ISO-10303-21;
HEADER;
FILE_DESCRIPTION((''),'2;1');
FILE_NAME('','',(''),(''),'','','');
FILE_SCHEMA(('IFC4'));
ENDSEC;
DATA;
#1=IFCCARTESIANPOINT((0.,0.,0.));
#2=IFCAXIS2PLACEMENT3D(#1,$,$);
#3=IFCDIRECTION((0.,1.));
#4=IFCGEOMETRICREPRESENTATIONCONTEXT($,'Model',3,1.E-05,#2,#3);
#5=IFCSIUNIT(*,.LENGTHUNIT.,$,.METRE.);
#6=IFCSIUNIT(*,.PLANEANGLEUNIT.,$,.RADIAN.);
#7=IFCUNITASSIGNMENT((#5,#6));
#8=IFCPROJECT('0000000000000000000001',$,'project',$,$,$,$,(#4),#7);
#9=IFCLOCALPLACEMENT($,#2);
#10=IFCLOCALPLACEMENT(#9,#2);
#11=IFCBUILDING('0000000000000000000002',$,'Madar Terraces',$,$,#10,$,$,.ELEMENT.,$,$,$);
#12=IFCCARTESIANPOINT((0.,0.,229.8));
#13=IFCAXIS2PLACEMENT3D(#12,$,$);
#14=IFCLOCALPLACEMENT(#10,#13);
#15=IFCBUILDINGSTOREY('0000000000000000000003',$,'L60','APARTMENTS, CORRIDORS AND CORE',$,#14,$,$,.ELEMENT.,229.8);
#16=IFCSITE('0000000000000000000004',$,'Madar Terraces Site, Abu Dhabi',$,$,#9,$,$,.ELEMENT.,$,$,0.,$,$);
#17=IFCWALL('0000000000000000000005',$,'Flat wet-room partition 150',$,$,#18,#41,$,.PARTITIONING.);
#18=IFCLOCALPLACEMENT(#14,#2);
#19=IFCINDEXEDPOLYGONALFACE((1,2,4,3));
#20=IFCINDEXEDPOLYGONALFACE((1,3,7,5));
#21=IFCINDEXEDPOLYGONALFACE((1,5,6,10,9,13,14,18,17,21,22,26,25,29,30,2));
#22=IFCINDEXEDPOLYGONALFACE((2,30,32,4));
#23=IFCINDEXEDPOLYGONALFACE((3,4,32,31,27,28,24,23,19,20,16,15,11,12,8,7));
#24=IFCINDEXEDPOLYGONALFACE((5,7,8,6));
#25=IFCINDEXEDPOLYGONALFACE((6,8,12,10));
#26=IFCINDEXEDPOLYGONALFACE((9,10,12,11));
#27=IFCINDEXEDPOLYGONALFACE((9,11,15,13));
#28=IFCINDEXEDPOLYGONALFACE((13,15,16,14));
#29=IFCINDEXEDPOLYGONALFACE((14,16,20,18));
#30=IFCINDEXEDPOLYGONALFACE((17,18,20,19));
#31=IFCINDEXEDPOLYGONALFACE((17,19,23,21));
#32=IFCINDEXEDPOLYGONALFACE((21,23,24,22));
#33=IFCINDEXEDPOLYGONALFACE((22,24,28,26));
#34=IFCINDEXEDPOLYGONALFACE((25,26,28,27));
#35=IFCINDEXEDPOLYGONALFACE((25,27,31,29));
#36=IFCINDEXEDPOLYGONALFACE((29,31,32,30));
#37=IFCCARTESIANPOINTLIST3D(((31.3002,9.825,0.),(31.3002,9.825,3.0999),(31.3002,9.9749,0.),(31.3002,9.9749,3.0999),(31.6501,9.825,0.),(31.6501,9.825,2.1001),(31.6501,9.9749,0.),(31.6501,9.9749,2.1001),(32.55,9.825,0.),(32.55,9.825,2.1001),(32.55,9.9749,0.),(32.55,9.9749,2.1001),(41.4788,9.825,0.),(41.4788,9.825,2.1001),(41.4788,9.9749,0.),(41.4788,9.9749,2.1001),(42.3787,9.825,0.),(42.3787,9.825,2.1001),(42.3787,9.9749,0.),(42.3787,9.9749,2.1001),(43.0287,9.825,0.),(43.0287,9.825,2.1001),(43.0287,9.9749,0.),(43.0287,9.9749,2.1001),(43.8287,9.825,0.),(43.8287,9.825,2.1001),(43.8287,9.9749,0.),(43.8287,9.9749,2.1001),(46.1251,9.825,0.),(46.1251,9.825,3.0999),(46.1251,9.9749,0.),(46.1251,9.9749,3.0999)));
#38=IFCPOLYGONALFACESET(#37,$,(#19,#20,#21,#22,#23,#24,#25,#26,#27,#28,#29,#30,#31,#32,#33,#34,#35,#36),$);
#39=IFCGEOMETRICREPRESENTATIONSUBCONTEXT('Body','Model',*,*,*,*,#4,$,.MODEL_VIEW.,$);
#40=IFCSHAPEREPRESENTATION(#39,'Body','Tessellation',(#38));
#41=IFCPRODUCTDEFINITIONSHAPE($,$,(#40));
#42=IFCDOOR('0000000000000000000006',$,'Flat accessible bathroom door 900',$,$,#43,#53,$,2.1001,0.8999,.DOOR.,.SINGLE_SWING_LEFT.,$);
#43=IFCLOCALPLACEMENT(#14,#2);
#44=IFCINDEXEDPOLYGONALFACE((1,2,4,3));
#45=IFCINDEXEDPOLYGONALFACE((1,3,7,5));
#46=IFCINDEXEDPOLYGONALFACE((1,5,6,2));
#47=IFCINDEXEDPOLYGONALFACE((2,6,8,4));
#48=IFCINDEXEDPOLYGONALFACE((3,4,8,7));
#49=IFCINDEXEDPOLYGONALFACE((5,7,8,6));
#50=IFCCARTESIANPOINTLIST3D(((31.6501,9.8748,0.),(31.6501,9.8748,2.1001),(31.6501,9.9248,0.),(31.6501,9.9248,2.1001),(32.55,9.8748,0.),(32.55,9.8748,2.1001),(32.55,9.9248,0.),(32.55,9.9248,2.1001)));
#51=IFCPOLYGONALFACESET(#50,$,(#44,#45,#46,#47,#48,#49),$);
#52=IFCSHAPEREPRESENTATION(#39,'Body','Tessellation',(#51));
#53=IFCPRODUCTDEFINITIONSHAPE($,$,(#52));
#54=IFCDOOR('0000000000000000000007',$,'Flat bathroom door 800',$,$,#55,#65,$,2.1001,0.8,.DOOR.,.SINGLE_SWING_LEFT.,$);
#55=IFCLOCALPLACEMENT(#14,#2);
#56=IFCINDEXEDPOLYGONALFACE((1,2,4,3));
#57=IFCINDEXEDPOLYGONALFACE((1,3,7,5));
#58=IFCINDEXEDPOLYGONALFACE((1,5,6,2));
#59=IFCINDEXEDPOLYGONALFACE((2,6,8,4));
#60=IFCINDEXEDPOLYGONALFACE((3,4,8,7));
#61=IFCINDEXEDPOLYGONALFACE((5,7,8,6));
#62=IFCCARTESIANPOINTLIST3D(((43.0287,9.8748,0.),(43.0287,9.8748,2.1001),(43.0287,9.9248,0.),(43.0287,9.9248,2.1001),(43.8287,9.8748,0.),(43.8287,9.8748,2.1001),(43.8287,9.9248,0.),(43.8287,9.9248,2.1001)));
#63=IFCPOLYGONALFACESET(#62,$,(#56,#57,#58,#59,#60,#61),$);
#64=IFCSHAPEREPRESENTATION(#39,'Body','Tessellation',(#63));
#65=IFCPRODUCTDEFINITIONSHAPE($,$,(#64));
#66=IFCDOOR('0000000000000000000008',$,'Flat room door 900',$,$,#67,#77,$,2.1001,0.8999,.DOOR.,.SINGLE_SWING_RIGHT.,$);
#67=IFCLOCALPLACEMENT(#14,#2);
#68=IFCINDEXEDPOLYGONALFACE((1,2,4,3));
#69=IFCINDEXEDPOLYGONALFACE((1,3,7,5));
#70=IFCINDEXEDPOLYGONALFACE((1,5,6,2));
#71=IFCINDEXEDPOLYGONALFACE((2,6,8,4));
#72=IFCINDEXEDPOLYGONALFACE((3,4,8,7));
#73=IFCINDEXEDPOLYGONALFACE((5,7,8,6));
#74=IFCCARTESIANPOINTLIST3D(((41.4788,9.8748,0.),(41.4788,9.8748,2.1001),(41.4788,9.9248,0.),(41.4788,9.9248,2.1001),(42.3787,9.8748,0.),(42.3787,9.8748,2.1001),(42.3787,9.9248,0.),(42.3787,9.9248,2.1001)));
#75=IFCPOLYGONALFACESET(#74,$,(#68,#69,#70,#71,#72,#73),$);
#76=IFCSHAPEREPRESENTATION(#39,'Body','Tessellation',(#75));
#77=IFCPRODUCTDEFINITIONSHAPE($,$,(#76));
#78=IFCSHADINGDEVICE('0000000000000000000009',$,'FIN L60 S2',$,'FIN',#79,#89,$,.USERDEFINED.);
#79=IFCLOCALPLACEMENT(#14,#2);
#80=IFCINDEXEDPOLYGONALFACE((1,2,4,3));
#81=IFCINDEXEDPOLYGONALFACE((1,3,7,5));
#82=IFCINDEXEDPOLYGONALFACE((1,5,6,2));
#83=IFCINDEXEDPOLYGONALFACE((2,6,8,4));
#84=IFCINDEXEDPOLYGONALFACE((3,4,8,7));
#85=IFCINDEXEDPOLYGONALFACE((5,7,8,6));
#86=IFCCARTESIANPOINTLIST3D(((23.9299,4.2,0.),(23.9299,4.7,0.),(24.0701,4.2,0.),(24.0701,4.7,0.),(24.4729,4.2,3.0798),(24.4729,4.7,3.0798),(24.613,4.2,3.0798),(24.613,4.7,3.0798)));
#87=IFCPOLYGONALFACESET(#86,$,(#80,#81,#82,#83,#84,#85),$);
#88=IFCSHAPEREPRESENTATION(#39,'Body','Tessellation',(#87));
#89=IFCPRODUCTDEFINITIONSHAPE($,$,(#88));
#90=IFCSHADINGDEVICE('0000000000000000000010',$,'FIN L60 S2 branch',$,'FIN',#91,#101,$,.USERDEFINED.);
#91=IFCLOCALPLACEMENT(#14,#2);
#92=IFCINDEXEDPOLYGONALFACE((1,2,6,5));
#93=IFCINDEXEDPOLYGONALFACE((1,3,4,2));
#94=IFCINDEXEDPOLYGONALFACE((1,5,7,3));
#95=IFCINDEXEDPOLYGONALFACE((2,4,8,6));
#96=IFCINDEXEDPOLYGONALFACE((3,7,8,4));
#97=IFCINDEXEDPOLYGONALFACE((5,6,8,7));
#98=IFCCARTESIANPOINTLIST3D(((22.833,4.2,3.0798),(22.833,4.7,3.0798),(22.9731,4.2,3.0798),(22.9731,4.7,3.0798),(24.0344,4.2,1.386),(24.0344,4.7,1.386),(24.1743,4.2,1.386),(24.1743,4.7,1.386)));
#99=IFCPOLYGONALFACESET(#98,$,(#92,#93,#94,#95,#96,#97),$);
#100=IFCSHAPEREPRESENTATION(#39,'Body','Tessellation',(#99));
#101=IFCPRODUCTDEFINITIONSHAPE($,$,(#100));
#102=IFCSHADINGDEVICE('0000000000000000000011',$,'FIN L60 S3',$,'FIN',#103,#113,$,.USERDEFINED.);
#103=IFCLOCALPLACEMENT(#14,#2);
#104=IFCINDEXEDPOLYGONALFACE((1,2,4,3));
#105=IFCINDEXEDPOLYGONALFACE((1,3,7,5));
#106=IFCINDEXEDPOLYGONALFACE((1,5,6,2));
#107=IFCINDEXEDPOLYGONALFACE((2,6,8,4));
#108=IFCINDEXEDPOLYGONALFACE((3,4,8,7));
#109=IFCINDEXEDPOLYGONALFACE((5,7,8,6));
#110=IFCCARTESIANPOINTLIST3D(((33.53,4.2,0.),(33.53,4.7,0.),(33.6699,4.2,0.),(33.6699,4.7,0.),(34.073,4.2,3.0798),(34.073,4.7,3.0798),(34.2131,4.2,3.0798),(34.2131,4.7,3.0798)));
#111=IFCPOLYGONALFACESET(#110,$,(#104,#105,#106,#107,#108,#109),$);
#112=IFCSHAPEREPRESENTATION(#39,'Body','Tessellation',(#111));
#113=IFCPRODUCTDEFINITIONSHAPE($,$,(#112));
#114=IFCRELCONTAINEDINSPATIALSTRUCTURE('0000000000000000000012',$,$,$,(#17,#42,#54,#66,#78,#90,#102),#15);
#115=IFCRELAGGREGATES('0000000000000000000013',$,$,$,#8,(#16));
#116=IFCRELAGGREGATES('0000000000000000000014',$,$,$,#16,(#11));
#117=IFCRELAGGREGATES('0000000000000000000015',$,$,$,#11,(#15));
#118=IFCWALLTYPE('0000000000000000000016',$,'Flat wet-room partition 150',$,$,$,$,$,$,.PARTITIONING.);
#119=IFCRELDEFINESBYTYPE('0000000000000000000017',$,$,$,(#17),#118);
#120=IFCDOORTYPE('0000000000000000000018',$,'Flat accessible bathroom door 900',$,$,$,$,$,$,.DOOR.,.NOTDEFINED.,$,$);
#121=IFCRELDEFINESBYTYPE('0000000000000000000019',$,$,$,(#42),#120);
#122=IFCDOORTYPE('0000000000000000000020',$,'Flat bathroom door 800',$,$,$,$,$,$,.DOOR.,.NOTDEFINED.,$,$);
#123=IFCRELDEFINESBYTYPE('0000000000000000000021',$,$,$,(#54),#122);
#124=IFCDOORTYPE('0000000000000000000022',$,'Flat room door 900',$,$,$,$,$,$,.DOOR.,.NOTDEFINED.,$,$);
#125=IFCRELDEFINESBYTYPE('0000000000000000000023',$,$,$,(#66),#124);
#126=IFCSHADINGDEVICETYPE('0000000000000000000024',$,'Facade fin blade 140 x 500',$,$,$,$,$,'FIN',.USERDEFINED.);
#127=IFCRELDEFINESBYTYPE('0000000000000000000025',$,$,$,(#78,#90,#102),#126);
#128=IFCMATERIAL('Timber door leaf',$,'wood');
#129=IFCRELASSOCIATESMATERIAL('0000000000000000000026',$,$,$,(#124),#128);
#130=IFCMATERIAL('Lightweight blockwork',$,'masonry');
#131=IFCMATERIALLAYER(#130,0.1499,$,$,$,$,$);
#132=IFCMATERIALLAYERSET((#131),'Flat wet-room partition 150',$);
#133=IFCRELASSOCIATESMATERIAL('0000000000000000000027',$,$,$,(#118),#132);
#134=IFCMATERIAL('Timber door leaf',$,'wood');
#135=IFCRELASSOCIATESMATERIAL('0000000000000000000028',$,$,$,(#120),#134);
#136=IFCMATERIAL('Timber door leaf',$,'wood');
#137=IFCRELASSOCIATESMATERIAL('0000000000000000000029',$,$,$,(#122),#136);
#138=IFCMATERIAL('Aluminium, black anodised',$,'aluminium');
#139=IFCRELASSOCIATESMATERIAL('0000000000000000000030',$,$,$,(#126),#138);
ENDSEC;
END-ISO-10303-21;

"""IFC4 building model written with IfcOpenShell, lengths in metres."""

from ifc_helpers import new_model, si_unit, direction, frame, frame_2d, origin, place, context, subcontext, project, spatial, polyline, rectangle, outline, extrude, material, layer, layer_set, type_object, element, fill, save


model = new_model("IFC4")

# Units and contexts
model_context = context("Model", 3, precision=1e-05, world=origin(), true_north=direction((0.0, 1.0)))
body_context = subcontext(model_context, "Body", "Model", "MODEL_VIEW")
ifc_project = project(units=[si_unit("LENGTHUNIT", "METRE"), si_unit("PLANEANGLEUNIT", "RADIAN")], contexts=[model_context])

# Site, building, storey
site_placement = place(None, origin())
site = spatial("IfcSite", under=ifc_project, at=site_placement, Name="Madar Terraces Site, Abu Dhabi", CompositionType="ELEMENT", RefElevation=0.0)
building_placement = place(site_placement, origin())
building = spatial("IfcBuilding", under=site, at=building_placement, Name="Madar Terraces", CompositionType="ELEMENT")
storey_placement = place(building_placement, frame((0.0, 0.0, 229.8)))
storey = spatial("IfcBuildingStorey", under=building, at=storey_placement, Name="L60", Description="APARTMENTS, CORRIDORS AND CORE", CompositionType="ELEMENT", Elevation=229.8)

# Shared definitions
ifc_material_1 = material(Name="Timber door leaf", Category="wood")
door_type_1 = type_object("IfcDoorType", Name="Flat room door 900", OperationType="NOTDEFINED", PredefinedType="DOOR", material=ifc_material_1)

# Shared definitions
ifc_material_2 = material(Name="Lightweight blockwork", Category="masonry")
ifc_layer_1 = layer(ifc_material_2, 0.1499)
ifc_layer_set_1 = layer_set([ifc_layer_1], Name="Flat wet-room partition 150")
wall_type_1 = type_object("IfcWallType", Name="Flat wet-room partition 150", PredefinedType="PARTITIONING", material=ifc_layer_set_1)

# Wall, openings, doors
wall_1_placement = place(storey_placement, frame((31.3, 9.8999, 0.0), z_axis=(0.0, 0.0, 1.0), x_axis=(1.0, 0.0, 0.0)))
wall_1 = element("IfcWall", 1, at=wall_1_placement, inside=storey, type_object=wall_type_1, Name="Flat wet-room partition 150", PredefinedType="PARTITIONING", context=body_context, shape_type="SweptSolid", body=[
    extrude(rectangle(XDim=14.825, YDim=0.1499, at=frame_2d((7.4126, 0.0))), origin(), (0.0, 0.0, 1.0), 3.0999),
])
opening_1_placement = place(wall_1_placement, frame((11.7288, 0.0, 0.0)))
opening_1 = element("IfcOpeningElement", 2, at=opening_1_placement, cuts=wall_1, PredefinedType="OPENING", context=body_context, shape_type="SweptSolid", body=[
    extrude(rectangle(XDim=0.8, YDim=2.1001, at=frame_2d((0.3999, 1.05))), frame((0.0, 0.085, 0.0), z_axis=(0.0, -1.0, 0.0), x_axis=(1.0, 0.0, 0.0)), (0.0, 0.0, 1.0), 0.1699),
])
opening_2_placement = place(wall_1_placement, frame((10.1787, 0.0, 0.0)))
opening_2 = element("IfcOpeningElement", 3, at=opening_2_placement, cuts=wall_1, PredefinedType="OPENING", context=body_context, shape_type="SweptSolid", body=[
    extrude(rectangle(XDim=0.8999, YDim=2.1001, at=frame_2d((0.45, 1.05))), frame((0.0, 0.085, 0.0), z_axis=(0.0, -1.0, 0.0), x_axis=(1.0, 0.0, 0.0)), (0.0, 0.0, 1.0), 0.1699),
])
opening_3_placement = place(wall_1_placement, frame((0.3501, 0.0, 0.0)))
opening_3 = element("IfcOpeningElement", 4, at=opening_3_placement, cuts=wall_1, PredefinedType="OPENING", context=body_context, shape_type="SweptSolid", body=[
    extrude(rectangle(XDim=0.8999, YDim=2.1001, at=frame_2d((0.45, 1.05))), frame((0.0, 0.085, 0.0), z_axis=(0.0, -1.0, 0.0), x_axis=(1.0, 0.0, 0.0)), (0.0, 0.0, 1.0), 0.1699),
])
ifc_material_3 = material(Name="Timber door leaf", Category="wood")
door_type_2 = type_object("IfcDoorType", Name="Flat accessible bathroom door 900", OperationType="NOTDEFINED", PredefinedType="DOOR", material=ifc_material_3)
door_1_placement = place(opening_3_placement, origin())
door_1 = element("IfcDoor", 5, at=door_1_placement, inside=storey, type_object=door_type_2, Name="Flat accessible bathroom door 900", OperationType="SINGLE_SWING_LEFT", OverallHeight=2.1001, OverallWidth=0.8999, PredefinedType="DOOR", context=body_context, shape_type="SweptSolid", body=[
    extrude(rectangle(XDim=0.8999, YDim=2.1001, at=frame_2d((0.45, 1.05))), frame((0.0, 0.0249, 0.0), z_axis=(0.0, -1.0, 0.0), x_axis=(1.0, 0.0, 0.0)), (0.0, 0.0, 1.0), 0.05),
])
fill(opening_3, door_1)
ifc_material_4 = material(Name="Timber door leaf", Category="wood")
door_type_3 = type_object("IfcDoorType", Name="Flat bathroom door 800", OperationType="NOTDEFINED", PredefinedType="DOOR", material=ifc_material_4)
door_2_placement = place(opening_1_placement, origin())
door_2 = element("IfcDoor", 6, at=door_2_placement, inside=storey, type_object=door_type_3, Name="Flat bathroom door 800", OperationType="SINGLE_SWING_LEFT", OverallHeight=2.1001, OverallWidth=0.8, PredefinedType="DOOR", context=body_context, shape_type="SweptSolid", body=[
    extrude(rectangle(XDim=0.8, YDim=2.1001, at=frame_2d((0.3999, 1.05))), frame((0.0, 0.0249, 0.0), z_axis=(0.0, -1.0, 0.0), x_axis=(1.0, 0.0, 0.0)), (0.0, 0.0, 1.0), 0.05),
])
fill(opening_1, door_2)
door_3_placement = place(opening_2_placement, origin())
door_3 = element("IfcDoor", 7, at=door_3_placement, inside=storey, type_object=door_type_1, Name="Flat room door 900", OperationType="SINGLE_SWING_RIGHT", OverallHeight=2.1001, OverallWidth=0.8999, PredefinedType="DOOR", context=body_context, shape_type="SweptSolid", body=[
    extrude(rectangle(XDim=0.8999, YDim=2.1001, at=frame_2d((0.45, 1.05))), frame((0.0, 0.0249, 0.0), z_axis=(0.0, -1.0, 0.0), x_axis=(1.0, 0.0, 0.0)), (0.0, 0.0, 1.0), 0.05),
])
fill(opening_2, door_3)

# Shading devices
ifc_material_5 = material(Name="Aluminium, black anodised", Category="aluminium")
shading_device_type = type_object("IfcShadingDeviceType", Name="Facade fin blade 140 x 500", ElementType="FIN", PredefinedType="USERDEFINED", material=ifc_material_5)
shading_device_1_placement = place(storey_placement, frame((23.9299, 4.45, 0.0), z_axis=(0.0, 0.0, 1.0), x_axis=(1.0, 0.0, 0.0)))
element("IfcShadingDevice", 8, at=shading_device_1_placement, inside=storey, type_object=shading_device_type, Name="FIN L60 S2", ObjectType="FIN", PredefinedType="USERDEFINED", context=body_context, shape_type="SweptSolid", body=[
    extrude(outline(polyline([(0.0, 0.0), (0.1401, 0.0), (0.6831, 3.0798), (0.543, 3.0798), (0.0, 0.0)])), frame((0.0, 0.25, 0.0), z_axis=(0.0, -1.0, 0.0), x_axis=(1.0, 0.0, 0.0)), (0.0, 0.0, 1.0), 0.5),
])
shading_device_2_placement = place(storey_placement, frame((24.0344, 4.45, 1.386), z_axis=(0.0, 0.0, 1.0), x_axis=(1.0, 0.0, 0.0)))
element("IfcShadingDevice", 9, at=shading_device_2_placement, inside=storey, type_object=shading_device_type, Name="FIN L60 S2 branch", ObjectType="FIN", PredefinedType="USERDEFINED", context=body_context, shape_type="SweptSolid", body=[
    extrude(outline(polyline([(0.0, 0.0), (0.1399, 0.0), (-1.0613, 1.6938), (-1.2014, 1.6938), (0.0, 0.0)])), frame((0.0, 0.25, 0.0), z_axis=(0.0, -1.0, 0.0), x_axis=(1.0, 0.0, 0.0)), (0.0, 0.0, 1.0), 0.5),
])
shading_device_3_placement = place(storey_placement, frame((33.53, 4.45, 0.0), z_axis=(0.0, 0.0, 1.0), x_axis=(1.0, 0.0, 0.0)))
element("IfcShadingDevice", 10, at=shading_device_3_placement, inside=storey, type_object=shading_device_type, Name="FIN L60 S3", ObjectType="FIN", PredefinedType="USERDEFINED", context=body_context, shape_type="SweptSolid", body=[
    extrude(outline(polyline([(0.0, 0.0), (0.1399, 0.0), (0.6831, 3.0798), (0.543, 3.0798), (0.0, 0.0)])), frame((0.0, 0.25, 0.0), z_axis=(0.0, -1.0, 0.0), x_axis=(1.0, 0.0, 0.0)), (0.0, 0.0, 1.0), 0.5),
])

save(model, "model.ifc")
